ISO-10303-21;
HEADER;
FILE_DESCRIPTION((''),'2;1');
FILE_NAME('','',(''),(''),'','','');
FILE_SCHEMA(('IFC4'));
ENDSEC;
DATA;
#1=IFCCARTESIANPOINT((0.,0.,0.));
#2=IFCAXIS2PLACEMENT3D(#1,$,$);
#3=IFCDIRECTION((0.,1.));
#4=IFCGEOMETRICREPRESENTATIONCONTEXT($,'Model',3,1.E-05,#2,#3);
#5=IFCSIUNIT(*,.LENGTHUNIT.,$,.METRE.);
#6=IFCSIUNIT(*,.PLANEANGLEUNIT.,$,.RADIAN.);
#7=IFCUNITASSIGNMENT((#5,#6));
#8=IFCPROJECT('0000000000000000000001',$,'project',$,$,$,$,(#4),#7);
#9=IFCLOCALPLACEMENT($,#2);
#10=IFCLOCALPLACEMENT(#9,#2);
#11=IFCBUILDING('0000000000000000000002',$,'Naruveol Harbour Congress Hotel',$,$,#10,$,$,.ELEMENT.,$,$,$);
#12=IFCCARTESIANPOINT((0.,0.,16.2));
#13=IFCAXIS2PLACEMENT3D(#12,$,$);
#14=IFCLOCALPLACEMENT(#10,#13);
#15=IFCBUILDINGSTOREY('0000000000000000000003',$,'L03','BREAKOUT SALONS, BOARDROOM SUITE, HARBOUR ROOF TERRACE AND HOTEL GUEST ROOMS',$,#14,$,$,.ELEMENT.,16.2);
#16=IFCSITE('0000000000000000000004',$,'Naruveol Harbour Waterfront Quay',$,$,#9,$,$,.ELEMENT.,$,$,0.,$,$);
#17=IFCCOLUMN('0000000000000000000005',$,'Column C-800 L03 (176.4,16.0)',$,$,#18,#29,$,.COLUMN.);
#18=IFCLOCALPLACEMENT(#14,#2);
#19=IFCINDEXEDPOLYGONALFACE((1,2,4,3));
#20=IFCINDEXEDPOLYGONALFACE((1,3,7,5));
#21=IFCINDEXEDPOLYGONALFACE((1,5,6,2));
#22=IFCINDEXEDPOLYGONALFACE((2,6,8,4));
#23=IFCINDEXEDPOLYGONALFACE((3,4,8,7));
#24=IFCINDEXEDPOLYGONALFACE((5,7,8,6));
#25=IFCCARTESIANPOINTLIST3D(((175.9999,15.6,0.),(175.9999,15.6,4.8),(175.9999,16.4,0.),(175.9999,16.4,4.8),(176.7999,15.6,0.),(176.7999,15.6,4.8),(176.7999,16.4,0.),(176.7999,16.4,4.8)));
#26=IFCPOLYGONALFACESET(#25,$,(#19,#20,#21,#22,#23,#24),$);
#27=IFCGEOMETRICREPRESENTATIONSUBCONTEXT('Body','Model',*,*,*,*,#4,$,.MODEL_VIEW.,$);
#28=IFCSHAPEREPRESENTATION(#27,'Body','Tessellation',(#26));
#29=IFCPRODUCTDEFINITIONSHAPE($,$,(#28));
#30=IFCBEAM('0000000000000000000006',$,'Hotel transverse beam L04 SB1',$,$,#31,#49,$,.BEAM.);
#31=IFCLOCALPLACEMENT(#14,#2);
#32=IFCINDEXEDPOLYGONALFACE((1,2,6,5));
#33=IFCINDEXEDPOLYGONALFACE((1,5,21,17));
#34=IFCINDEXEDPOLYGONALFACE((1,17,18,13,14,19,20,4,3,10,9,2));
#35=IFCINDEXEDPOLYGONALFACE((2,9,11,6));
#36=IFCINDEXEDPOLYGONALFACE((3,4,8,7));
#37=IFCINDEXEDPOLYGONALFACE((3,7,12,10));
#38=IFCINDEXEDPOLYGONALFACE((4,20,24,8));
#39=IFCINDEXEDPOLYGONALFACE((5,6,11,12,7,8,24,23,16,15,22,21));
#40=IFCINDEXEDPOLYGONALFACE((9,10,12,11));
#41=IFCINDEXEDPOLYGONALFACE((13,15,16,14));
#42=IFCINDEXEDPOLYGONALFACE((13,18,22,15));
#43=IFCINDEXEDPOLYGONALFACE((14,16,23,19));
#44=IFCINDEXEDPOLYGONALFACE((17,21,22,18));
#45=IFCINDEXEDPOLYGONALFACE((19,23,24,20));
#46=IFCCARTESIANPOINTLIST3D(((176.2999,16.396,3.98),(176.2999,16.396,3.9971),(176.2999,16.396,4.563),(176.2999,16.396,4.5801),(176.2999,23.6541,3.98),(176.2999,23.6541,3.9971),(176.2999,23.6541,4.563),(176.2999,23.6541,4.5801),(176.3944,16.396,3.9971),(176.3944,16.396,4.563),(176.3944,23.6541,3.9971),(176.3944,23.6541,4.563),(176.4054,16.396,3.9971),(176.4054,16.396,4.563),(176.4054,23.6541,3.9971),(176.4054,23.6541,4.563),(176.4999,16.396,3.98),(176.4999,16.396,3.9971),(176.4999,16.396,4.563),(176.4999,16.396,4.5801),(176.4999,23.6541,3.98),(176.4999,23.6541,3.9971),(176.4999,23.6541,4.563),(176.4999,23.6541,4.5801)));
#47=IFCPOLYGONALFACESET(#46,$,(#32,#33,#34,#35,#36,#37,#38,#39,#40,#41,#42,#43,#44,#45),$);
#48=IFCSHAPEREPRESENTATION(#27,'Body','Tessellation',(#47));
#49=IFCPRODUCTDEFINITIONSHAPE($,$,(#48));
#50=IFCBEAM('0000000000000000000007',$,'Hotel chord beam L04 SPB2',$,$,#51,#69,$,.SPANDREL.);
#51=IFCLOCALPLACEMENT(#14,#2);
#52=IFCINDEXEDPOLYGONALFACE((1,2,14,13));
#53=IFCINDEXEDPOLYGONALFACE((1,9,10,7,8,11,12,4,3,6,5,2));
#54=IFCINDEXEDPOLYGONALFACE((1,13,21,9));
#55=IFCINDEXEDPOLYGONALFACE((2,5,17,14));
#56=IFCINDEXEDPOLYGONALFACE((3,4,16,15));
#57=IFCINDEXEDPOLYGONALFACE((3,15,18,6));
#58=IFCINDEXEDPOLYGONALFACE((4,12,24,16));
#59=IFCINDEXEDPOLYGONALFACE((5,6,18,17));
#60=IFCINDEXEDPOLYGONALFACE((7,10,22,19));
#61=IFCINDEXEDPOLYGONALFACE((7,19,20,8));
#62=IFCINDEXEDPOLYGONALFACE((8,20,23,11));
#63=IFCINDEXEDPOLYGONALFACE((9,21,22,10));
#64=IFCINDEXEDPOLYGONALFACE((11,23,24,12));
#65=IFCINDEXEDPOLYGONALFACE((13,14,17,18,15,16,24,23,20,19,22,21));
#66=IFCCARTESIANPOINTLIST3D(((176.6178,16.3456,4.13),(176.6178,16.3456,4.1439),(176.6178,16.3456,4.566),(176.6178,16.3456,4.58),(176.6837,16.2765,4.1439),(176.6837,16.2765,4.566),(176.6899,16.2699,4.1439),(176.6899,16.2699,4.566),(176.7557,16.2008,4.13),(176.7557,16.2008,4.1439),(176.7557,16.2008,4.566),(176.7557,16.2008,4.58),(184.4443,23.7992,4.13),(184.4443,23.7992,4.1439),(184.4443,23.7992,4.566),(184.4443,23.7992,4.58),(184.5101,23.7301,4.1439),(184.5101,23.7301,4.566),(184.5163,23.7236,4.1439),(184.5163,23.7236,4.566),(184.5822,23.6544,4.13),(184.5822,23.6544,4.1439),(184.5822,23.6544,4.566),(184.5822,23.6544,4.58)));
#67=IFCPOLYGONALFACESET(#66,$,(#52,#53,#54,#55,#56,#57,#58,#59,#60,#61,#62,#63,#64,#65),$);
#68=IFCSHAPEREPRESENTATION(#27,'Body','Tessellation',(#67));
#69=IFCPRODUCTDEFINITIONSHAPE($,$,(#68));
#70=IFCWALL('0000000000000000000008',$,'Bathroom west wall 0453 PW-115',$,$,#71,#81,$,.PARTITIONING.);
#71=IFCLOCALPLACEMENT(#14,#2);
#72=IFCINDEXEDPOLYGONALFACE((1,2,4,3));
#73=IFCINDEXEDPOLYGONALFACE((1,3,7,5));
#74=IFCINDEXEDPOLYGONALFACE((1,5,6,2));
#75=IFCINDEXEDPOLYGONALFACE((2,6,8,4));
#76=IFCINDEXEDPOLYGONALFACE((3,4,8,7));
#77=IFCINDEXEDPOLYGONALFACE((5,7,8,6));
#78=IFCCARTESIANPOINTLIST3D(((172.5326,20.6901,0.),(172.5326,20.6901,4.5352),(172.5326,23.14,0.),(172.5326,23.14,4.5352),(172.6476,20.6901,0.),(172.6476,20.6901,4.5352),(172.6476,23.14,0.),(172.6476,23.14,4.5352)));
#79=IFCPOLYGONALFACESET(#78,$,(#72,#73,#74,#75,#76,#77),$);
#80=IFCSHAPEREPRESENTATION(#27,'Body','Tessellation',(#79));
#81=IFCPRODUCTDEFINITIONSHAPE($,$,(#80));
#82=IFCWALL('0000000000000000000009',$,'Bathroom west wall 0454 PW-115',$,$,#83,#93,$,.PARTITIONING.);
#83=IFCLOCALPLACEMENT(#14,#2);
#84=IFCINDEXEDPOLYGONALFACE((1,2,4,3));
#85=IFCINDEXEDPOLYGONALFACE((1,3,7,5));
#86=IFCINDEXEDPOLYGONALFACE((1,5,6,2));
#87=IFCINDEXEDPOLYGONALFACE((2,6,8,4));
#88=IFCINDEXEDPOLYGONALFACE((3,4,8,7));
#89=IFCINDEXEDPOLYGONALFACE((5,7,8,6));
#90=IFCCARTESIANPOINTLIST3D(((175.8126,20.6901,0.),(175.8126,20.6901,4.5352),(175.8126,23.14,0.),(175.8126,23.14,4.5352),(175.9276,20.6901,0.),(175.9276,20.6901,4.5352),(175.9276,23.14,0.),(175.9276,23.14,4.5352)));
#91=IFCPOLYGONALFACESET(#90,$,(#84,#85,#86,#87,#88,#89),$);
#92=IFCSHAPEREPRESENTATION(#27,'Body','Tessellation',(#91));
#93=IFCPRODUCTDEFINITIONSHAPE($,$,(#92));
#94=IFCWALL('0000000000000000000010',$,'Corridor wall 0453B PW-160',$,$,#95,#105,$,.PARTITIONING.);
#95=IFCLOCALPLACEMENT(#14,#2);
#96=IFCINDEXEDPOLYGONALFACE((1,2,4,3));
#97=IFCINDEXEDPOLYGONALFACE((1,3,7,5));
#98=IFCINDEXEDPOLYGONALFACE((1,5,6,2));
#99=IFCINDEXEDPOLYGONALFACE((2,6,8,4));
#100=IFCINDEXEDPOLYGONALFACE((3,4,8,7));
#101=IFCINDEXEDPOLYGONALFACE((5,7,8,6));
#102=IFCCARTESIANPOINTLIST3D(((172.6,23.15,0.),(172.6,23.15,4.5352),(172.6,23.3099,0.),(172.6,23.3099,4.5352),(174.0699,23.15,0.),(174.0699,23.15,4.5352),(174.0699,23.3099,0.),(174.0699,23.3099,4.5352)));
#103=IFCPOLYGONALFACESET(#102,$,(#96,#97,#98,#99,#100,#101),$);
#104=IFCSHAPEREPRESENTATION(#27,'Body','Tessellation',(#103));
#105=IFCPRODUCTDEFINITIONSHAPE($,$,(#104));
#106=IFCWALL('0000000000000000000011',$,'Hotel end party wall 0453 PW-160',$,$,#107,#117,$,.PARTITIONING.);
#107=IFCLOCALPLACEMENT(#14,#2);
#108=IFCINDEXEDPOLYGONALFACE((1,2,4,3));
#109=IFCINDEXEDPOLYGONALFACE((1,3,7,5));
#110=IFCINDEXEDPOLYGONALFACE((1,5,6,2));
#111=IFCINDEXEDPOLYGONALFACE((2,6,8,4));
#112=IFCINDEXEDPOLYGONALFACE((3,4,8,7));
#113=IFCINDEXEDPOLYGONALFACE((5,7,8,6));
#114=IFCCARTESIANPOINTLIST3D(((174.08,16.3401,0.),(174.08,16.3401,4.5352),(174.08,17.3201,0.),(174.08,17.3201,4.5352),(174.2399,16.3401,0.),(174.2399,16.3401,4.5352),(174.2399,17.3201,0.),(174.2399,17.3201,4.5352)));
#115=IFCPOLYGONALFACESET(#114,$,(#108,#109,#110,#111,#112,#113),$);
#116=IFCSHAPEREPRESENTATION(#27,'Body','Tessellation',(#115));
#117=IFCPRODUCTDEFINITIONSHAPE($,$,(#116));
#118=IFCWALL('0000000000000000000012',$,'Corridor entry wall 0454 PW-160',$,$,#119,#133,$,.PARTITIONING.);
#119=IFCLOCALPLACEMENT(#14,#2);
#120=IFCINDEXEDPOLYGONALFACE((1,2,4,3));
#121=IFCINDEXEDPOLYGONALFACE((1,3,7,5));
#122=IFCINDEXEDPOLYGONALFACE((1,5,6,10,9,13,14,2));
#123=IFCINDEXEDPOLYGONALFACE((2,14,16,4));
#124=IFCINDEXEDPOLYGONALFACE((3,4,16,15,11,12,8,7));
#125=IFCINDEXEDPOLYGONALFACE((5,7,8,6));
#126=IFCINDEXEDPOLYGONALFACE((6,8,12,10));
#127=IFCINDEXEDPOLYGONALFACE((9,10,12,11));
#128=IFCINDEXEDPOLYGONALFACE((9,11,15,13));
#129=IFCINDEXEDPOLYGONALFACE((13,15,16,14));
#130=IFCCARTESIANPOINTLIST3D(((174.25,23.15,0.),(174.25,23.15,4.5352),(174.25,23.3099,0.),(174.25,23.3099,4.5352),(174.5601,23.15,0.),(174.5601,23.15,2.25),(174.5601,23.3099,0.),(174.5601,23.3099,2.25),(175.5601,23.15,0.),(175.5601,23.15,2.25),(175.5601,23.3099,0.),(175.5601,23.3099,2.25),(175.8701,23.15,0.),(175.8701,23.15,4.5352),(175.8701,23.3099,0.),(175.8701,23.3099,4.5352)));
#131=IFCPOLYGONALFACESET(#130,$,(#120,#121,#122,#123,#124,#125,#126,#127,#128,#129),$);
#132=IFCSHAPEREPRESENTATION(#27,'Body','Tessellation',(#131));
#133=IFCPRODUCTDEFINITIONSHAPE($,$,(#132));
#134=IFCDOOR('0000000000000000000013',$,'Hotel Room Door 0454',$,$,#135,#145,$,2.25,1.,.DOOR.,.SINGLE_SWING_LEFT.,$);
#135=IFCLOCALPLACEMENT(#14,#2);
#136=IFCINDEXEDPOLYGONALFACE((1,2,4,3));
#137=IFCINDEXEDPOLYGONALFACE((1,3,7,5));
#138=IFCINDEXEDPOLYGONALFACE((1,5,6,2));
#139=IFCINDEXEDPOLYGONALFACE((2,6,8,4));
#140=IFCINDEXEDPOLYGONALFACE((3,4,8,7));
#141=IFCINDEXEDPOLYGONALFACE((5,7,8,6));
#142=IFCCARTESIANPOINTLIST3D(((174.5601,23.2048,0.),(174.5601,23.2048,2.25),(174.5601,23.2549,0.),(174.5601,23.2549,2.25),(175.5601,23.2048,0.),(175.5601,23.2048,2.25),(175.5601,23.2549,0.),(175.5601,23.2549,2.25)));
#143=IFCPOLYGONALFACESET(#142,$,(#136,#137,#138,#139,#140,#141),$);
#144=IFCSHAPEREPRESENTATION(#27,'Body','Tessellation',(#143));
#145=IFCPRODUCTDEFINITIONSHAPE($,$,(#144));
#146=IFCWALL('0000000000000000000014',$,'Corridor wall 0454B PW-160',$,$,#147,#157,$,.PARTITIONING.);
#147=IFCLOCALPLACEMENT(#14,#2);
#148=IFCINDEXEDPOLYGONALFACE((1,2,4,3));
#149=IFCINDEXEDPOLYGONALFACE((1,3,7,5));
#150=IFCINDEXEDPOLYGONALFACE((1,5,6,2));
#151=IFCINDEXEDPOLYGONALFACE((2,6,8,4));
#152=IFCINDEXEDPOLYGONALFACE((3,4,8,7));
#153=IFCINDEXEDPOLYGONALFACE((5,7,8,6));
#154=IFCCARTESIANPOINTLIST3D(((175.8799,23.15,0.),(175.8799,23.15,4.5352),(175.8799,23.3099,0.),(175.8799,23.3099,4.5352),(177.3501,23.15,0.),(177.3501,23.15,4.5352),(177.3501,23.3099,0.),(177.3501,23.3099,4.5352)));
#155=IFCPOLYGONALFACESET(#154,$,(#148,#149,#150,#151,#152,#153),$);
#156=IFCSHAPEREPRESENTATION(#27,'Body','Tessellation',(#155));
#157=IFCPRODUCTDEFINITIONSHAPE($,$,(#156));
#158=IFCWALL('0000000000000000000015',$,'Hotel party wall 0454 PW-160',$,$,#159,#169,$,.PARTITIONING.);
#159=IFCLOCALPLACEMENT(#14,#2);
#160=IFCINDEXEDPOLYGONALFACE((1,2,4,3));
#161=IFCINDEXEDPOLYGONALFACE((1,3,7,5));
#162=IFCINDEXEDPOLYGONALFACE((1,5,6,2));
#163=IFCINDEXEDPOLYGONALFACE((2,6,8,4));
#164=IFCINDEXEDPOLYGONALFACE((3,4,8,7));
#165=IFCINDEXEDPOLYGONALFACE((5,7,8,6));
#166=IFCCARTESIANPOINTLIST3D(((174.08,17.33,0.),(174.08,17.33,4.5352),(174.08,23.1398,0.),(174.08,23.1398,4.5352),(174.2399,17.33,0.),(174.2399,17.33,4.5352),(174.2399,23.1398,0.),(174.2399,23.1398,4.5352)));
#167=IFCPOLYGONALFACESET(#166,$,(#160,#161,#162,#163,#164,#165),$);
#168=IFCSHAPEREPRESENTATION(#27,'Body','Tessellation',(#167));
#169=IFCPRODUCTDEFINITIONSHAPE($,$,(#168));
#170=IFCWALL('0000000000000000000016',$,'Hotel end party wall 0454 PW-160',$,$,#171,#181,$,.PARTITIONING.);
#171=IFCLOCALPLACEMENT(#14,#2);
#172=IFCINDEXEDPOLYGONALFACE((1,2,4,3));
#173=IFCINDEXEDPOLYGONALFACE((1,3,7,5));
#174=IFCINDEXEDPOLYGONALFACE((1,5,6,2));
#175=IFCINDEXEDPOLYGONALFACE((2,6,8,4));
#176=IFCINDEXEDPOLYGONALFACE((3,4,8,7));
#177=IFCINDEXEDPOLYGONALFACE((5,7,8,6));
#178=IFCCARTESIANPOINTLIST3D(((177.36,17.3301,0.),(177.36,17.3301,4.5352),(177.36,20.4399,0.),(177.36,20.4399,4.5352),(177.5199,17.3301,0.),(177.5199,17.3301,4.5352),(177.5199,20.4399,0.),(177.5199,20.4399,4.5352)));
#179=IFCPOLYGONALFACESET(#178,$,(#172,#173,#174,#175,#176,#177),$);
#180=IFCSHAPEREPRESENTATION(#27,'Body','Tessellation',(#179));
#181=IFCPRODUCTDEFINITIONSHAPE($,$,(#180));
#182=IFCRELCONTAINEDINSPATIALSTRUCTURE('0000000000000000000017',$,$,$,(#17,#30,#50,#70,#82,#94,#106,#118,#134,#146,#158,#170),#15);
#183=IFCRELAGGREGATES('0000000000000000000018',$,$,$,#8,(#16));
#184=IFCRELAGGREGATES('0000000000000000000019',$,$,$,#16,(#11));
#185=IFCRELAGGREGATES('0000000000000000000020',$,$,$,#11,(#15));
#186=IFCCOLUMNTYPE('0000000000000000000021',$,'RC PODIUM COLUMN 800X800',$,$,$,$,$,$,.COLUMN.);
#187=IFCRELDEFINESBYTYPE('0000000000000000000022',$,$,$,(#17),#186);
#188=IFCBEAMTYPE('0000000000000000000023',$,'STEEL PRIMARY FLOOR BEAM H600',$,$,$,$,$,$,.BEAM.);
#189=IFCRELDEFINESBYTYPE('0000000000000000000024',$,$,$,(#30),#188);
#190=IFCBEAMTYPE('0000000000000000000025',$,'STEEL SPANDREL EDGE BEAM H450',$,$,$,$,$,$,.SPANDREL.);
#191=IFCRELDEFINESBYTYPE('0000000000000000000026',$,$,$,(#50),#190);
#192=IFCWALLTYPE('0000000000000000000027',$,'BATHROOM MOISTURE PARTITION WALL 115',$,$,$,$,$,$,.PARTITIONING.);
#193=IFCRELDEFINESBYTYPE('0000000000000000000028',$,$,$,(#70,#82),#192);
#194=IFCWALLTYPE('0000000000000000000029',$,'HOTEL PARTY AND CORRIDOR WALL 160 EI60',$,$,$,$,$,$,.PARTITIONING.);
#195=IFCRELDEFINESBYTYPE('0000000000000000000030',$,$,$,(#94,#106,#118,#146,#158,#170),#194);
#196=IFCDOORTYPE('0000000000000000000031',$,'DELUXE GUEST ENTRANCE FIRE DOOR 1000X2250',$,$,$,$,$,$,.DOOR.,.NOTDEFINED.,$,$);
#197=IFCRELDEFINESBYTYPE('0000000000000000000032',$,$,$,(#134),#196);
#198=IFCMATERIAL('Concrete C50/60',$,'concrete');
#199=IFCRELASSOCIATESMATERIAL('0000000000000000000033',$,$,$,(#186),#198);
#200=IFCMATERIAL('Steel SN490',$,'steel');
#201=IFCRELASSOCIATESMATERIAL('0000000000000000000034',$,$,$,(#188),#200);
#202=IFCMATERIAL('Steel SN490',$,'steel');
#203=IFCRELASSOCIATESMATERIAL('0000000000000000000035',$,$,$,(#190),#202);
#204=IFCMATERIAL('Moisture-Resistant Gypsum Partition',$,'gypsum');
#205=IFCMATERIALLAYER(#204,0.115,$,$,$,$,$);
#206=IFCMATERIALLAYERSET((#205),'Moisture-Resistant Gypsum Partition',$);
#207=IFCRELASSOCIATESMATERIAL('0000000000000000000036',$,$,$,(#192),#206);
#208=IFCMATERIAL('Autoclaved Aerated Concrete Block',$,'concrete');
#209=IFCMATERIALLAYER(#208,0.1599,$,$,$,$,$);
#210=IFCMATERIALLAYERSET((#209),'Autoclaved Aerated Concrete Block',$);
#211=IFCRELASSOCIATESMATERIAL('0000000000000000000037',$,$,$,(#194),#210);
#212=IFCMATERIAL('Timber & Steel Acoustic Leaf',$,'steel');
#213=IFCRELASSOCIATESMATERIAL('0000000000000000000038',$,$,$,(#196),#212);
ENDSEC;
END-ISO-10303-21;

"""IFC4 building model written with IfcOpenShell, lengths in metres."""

from ifc_helpers import new_model, si_unit, direction, frame, frame_2d, origin, origin_2d, place, context, subcontext, project, spatial, rectangle, i_section, extrude, material, layer, layer_set, material_profile, profile_set, type_object, element, fill, save


model = new_model("IFC4")

# Units and contexts
model_context = context("Model", 3, precision=1e-05, world=origin(), true_north=direction((0.0, 1.0)))
body_context = subcontext(model_context, "Body", "Model", "MODEL_VIEW")
ifc_project = project(units=[si_unit("LENGTHUNIT", "METRE"), si_unit("PLANEANGLEUNIT", "RADIAN")], contexts=[model_context])

# Site, building, storey
site_placement = place(None, origin())
site = spatial("IfcSite", under=ifc_project, at=site_placement, Name="Naruveol Harbour Waterfront Quay", CompositionType="ELEMENT", RefElevation=0.0)
building_placement = place(site_placement, origin())
building = spatial("IfcBuilding", under=site, at=building_placement, Name="Naruveol Harbour Congress Hotel", CompositionType="ELEMENT")
storey_placement = place(building_placement, frame((0.0, 0.0, 16.2)))
storey = spatial("IfcBuildingStorey", under=building, at=storey_placement, Name="L03", Description="BREAKOUT SALONS, BOARDROOM SUITE, HARBOUR ROOF TERRACE AND HOTEL GUEST ROOMS", CompositionType="ELEMENT", Elevation=16.2)

# Column
ifc_material_1 = material(Name="Concrete C50/60", Category="concrete")
ifc_material_profile_1 = material_profile(ifc_material_1, rectangle(XDim=0.8, YDim=0.8, at=origin_2d()), Name="RC-800x800")
ifc_profile_set_1 = profile_set([ifc_material_profile_1], Name="Concrete C50/60")
column_type = type_object("IfcColumnType", Name="RC PODIUM COLUMN 800X800", PredefinedType="COLUMN", material=ifc_profile_set_1)
column_placement = place(storey_placement, frame((176.3999, 16.0, 0.0), z_axis=(0.0, 0.0, 1.0), x_axis=(1.0, 0.0, 0.0)))
element("IfcColumn", 1, at=column_placement, inside=storey, type_object=column_type, Name="Column C-800 L03 (176.4,16.0)", PredefinedType="COLUMN", context=body_context, shape_type="SweptSolid", body=[
    extrude(rectangle(XDim=0.8, YDim=0.8, at=origin_2d()), origin(), (0.0, 0.0, 1.0), 4.8),
])

# Beams
ifc_material_2 = material(Name="Steel SN490", Category="steel")
ifc_material_profile_2 = material_profile(ifc_material_2, i_section(OverallWidth=0.2, OverallDepth=0.6001, WebThickness=0.011, FlangeThickness=0.0171, at=origin_2d()), Name="H-600x200x11x17")
ifc_profile_set_2 = profile_set([ifc_material_profile_2], Name="Steel SN490")
beam_type_1 = type_object("IfcBeamType", Name="STEEL PRIMARY FLOOR BEAM H600", PredefinedType="BEAM", material=ifc_profile_set_2)
beam_1_placement = place(storey_placement, frame((176.3999, 16.396, 4.28), z_axis=(0.0, 1.0, 0.0), x_axis=(-1.0, 0.0, 0.0)))
element("IfcBeam", 2, at=beam_1_placement, inside=storey, type_object=beam_type_1, Name="Hotel transverse beam L04 SB1", PredefinedType="BEAM", context=body_context, shape_type="SweptSolid", body=[
    extrude(i_section(OverallWidth=0.2, OverallDepth=0.6001, WebThickness=0.011, FlangeThickness=0.0171, at=origin_2d()), origin(), (0.0, 0.0, 1.0), 7.2581),
])
ifc_material_3 = material(Name="Steel SN490", Category="steel")
ifc_material_profile_3 = material_profile(ifc_material_3, i_section(OverallWidth=0.2, OverallDepth=0.45, WebThickness=0.009, FlangeThickness=0.0139, at=origin_2d()), Name="H-450x200x9x14")
ifc_profile_set_3 = profile_set([ifc_material_profile_3], Name="Steel SN490")
beam_type_2 = type_object("IfcBeamType", Name="STEEL SPANDREL EDGE BEAM H450", PredefinedType="SPANDREL", material=ifc_profile_set_3)
beam_2_placement = place(storey_placement, frame((176.6868, 16.2732, 4.355), z_axis=(0.724143, 0.68965, 0.0), x_axis=(-0.68965, 0.724143, 0.0)))
element("IfcBeam", 3, at=beam_2_placement, inside=storey, type_object=beam_type_2, Name="Hotel chord beam L04 SPB2", PredefinedType="SPANDREL", context=body_context, shape_type="SweptSolid", body=[
    extrude(i_section(OverallWidth=0.2, OverallDepth=0.45, WebThickness=0.009, FlangeThickness=0.0139, at=origin_2d()), origin(), (0.0, 0.0, 1.0), 10.8079),
])

# Wall
ifc_material_4 = material(Name="Moisture-Resistant Gypsum Partition", Category="gypsum")
ifc_layer_1 = layer(ifc_material_4, 0.115)
ifc_layer_set_1 = layer_set([ifc_layer_1], Name="Moisture-Resistant Gypsum Partition")
wall_type_1 = type_object("IfcWallType", Name="BATHROOM MOISTURE PARTITION WALL 115", PredefinedType="PARTITIONING", material=ifc_layer_set_1)
wall_1_placement = place(storey_placement, frame((172.5901, 20.6899, 0.0), z_axis=(0.0, 0.0, 1.0), x_axis=(0.0, 1.0, 0.0)))
element("IfcWall", 4, at=wall_1_placement, inside=storey, type_object=wall_type_1, Name="Bathroom west wall 0453 PW-115", PredefinedType="PARTITIONING", context=body_context, shape_type="SweptSolid", body=[
    extrude(rectangle(XDim=2.45, YDim=0.115, at=frame_2d((1.2251, 0.0))), origin(), (0.0, 0.0, 1.0), 4.5352),
])

# Wall
wall_2_placement = place(storey_placement, frame((175.8701, 20.6899, 0.0), z_axis=(0.0, 0.0, 1.0), x_axis=(0.0, 1.0, 0.0)))
element("IfcWall", 5, at=wall_2_placement, inside=storey, type_object=wall_type_1, Name="Bathroom west wall 0454 PW-115", PredefinedType="PARTITIONING", context=body_context, shape_type="SweptSolid", body=[
    extrude(rectangle(XDim=2.45, YDim=0.115, at=frame_2d((1.2251, 0.0))), origin(), (0.0, 0.0, 1.0), 4.5352),
])

# Walls
ifc_material_5 = material(Name="Autoclaved Aerated Concrete Block", Category="concrete")
ifc_layer_2 = layer(ifc_material_5, 0.1599)
ifc_layer_set_2 = layer_set([ifc_layer_2], Name="Autoclaved Aerated Concrete Block")
wall_type_2 = type_object("IfcWallType", Name="HOTEL PARTY AND CORRIDOR WALL 160 EI60", PredefinedType="PARTITIONING", material=ifc_layer_set_2)
wall_3_placement = place(storey_placement, frame((172.6001, 23.23, 0.0), z_axis=(0.0, 0.0, 1.0), x_axis=(1.0, 0.0, 0.0)))
element("IfcWall", 6, at=wall_3_placement, inside=storey, type_object=wall_type_2, Name="Corridor wall 0453B PW-160", PredefinedType="PARTITIONING", context=body_context, shape_type="SweptSolid", body=[
    extrude(rectangle(XDim=1.47, YDim=0.1599, at=frame_2d((0.7349, 0.0))), origin(), (0.0, 0.0, 1.0), 4.5352),
])
wall_4_placement = place(storey_placement, frame((174.1599, 16.3401, 0.0), z_axis=(0.0, 0.0, 1.0), x_axis=(0.0, 1.0, 0.0)))
element("IfcWall", 7, at=wall_4_placement, inside=storey, type_object=wall_type_2, Name="Hotel end party wall 0453 PW-160", PredefinedType="PARTITIONING", context=body_context, shape_type="SweptSolid", body=[
    extrude(rectangle(XDim=0.98, YDim=0.1599, at=frame_2d((0.49, 0.0))), origin(), (0.0, 0.0, 1.0), 4.5352),
])

# Wall, opening, door
wall_5_placement = place(storey_placement, frame((174.25, 23.23, 0.0), z_axis=(0.0, 0.0, 1.0), x_axis=(1.0, 0.0, 0.0)))
wall_5 = element("IfcWall", 8, at=wall_5_placement, inside=storey, type_object=wall_type_2, Name="Corridor entry wall 0454 PW-160", PredefinedType="PARTITIONING", context=body_context, shape_type="SweptSolid", body=[
    extrude(rectangle(XDim=1.6201, YDim=0.1599, at=frame_2d((0.8101, 0.0))), origin(), (0.0, 0.0, 1.0), 4.5352),
])
opening_1_placement = place(wall_5_placement, frame((0.3101, 0.0, 0.0)))
opening_1 = element("IfcOpeningElement", 9, at=opening_1_placement, cuts=wall_5, PredefinedType="OPENING", context=body_context, shape_type="SweptSolid", body=[
    extrude(rectangle(XDim=1.0, YDim=2.25, at=frame_2d((0.5, 1.125))), frame((0.0, 0.0898, 0.0), z_axis=(0.0, -1.0, 0.0), x_axis=(1.0, 0.0, 0.0)), (0.0, 0.0, 1.0), 0.1799),
])
ifc_material_6 = material(Name="Timber & Steel Acoustic Leaf", Category="steel")
door_type_1 = type_object("IfcDoorType", Name="DELUXE GUEST ENTRANCE FIRE DOOR 1000X2250", OperationType="NOTDEFINED", PredefinedType="DOOR", material=ifc_material_6)
door_1_placement = place(opening_1_placement, origin())
door_1 = element("IfcDoor", 10, at=door_1_placement, inside=storey, type_object=door_type_1, Name="Hotel Room Door 0454", OperationType="SINGLE_SWING_LEFT", OverallHeight=2.25, OverallWidth=1.0, PredefinedType="DOOR", context=body_context, shape_type="SweptSolid", body=[
    extrude(rectangle(XDim=1.0, YDim=2.25, at=frame_2d((0.5, 1.125))), frame((0.0, 0.0249, 0.0), z_axis=(0.0, -1.0, 0.0), x_axis=(1.0, 0.0, 0.0)), (0.0, 0.0, 1.0), 0.05),
])
fill(opening_1, door_1)

# Walls
wall_6_placement = place(storey_placement, frame((175.8799, 23.23, 0.0), z_axis=(0.0, 0.0, 1.0), x_axis=(1.0, 0.0, 0.0)))
element("IfcWall", 11, at=wall_6_placement, inside=storey, type_object=wall_type_2, Name="Corridor wall 0454B PW-160", PredefinedType="PARTITIONING", context=body_context, shape_type="SweptSolid", body=[
    extrude(rectangle(XDim=1.4702, YDim=0.1599, at=frame_2d((0.7351, 0.0))), origin(), (0.0, 0.0, 1.0), 4.5352),
])
wall_7_placement = place(storey_placement, frame((174.1599, 17.3301, 0.0), z_axis=(0.0, 0.0, 1.0), x_axis=(0.0, 1.0, 0.0)))
element("IfcWall", 12, at=wall_7_placement, inside=storey, type_object=wall_type_2, Name="Hotel party wall 0454 PW-160", PredefinedType="PARTITIONING", context=body_context, shape_type="SweptSolid", body=[
    extrude(rectangle(XDim=5.8098, YDim=0.1599, at=frame_2d((2.9048, 0.0))), origin(), (0.0, 0.0, 1.0), 4.5352),
])
wall_8_placement = place(storey_placement, frame((177.4399, 17.3301, 0.0), z_axis=(0.0, 0.0, 1.0), x_axis=(0.0, 1.0, 0.0)))
element("IfcWall", 13, at=wall_8_placement, inside=storey, type_object=wall_type_2, Name="Hotel end party wall 0454 PW-160", PredefinedType="PARTITIONING", context=body_context, shape_type="SweptSolid", body=[
    extrude(rectangle(XDim=3.1099, YDim=0.1599, at=frame_2d((1.5549, 0.0))), origin(), (0.0, 0.0, 1.0), 4.5352),
])

save(model, "model.ifc")
